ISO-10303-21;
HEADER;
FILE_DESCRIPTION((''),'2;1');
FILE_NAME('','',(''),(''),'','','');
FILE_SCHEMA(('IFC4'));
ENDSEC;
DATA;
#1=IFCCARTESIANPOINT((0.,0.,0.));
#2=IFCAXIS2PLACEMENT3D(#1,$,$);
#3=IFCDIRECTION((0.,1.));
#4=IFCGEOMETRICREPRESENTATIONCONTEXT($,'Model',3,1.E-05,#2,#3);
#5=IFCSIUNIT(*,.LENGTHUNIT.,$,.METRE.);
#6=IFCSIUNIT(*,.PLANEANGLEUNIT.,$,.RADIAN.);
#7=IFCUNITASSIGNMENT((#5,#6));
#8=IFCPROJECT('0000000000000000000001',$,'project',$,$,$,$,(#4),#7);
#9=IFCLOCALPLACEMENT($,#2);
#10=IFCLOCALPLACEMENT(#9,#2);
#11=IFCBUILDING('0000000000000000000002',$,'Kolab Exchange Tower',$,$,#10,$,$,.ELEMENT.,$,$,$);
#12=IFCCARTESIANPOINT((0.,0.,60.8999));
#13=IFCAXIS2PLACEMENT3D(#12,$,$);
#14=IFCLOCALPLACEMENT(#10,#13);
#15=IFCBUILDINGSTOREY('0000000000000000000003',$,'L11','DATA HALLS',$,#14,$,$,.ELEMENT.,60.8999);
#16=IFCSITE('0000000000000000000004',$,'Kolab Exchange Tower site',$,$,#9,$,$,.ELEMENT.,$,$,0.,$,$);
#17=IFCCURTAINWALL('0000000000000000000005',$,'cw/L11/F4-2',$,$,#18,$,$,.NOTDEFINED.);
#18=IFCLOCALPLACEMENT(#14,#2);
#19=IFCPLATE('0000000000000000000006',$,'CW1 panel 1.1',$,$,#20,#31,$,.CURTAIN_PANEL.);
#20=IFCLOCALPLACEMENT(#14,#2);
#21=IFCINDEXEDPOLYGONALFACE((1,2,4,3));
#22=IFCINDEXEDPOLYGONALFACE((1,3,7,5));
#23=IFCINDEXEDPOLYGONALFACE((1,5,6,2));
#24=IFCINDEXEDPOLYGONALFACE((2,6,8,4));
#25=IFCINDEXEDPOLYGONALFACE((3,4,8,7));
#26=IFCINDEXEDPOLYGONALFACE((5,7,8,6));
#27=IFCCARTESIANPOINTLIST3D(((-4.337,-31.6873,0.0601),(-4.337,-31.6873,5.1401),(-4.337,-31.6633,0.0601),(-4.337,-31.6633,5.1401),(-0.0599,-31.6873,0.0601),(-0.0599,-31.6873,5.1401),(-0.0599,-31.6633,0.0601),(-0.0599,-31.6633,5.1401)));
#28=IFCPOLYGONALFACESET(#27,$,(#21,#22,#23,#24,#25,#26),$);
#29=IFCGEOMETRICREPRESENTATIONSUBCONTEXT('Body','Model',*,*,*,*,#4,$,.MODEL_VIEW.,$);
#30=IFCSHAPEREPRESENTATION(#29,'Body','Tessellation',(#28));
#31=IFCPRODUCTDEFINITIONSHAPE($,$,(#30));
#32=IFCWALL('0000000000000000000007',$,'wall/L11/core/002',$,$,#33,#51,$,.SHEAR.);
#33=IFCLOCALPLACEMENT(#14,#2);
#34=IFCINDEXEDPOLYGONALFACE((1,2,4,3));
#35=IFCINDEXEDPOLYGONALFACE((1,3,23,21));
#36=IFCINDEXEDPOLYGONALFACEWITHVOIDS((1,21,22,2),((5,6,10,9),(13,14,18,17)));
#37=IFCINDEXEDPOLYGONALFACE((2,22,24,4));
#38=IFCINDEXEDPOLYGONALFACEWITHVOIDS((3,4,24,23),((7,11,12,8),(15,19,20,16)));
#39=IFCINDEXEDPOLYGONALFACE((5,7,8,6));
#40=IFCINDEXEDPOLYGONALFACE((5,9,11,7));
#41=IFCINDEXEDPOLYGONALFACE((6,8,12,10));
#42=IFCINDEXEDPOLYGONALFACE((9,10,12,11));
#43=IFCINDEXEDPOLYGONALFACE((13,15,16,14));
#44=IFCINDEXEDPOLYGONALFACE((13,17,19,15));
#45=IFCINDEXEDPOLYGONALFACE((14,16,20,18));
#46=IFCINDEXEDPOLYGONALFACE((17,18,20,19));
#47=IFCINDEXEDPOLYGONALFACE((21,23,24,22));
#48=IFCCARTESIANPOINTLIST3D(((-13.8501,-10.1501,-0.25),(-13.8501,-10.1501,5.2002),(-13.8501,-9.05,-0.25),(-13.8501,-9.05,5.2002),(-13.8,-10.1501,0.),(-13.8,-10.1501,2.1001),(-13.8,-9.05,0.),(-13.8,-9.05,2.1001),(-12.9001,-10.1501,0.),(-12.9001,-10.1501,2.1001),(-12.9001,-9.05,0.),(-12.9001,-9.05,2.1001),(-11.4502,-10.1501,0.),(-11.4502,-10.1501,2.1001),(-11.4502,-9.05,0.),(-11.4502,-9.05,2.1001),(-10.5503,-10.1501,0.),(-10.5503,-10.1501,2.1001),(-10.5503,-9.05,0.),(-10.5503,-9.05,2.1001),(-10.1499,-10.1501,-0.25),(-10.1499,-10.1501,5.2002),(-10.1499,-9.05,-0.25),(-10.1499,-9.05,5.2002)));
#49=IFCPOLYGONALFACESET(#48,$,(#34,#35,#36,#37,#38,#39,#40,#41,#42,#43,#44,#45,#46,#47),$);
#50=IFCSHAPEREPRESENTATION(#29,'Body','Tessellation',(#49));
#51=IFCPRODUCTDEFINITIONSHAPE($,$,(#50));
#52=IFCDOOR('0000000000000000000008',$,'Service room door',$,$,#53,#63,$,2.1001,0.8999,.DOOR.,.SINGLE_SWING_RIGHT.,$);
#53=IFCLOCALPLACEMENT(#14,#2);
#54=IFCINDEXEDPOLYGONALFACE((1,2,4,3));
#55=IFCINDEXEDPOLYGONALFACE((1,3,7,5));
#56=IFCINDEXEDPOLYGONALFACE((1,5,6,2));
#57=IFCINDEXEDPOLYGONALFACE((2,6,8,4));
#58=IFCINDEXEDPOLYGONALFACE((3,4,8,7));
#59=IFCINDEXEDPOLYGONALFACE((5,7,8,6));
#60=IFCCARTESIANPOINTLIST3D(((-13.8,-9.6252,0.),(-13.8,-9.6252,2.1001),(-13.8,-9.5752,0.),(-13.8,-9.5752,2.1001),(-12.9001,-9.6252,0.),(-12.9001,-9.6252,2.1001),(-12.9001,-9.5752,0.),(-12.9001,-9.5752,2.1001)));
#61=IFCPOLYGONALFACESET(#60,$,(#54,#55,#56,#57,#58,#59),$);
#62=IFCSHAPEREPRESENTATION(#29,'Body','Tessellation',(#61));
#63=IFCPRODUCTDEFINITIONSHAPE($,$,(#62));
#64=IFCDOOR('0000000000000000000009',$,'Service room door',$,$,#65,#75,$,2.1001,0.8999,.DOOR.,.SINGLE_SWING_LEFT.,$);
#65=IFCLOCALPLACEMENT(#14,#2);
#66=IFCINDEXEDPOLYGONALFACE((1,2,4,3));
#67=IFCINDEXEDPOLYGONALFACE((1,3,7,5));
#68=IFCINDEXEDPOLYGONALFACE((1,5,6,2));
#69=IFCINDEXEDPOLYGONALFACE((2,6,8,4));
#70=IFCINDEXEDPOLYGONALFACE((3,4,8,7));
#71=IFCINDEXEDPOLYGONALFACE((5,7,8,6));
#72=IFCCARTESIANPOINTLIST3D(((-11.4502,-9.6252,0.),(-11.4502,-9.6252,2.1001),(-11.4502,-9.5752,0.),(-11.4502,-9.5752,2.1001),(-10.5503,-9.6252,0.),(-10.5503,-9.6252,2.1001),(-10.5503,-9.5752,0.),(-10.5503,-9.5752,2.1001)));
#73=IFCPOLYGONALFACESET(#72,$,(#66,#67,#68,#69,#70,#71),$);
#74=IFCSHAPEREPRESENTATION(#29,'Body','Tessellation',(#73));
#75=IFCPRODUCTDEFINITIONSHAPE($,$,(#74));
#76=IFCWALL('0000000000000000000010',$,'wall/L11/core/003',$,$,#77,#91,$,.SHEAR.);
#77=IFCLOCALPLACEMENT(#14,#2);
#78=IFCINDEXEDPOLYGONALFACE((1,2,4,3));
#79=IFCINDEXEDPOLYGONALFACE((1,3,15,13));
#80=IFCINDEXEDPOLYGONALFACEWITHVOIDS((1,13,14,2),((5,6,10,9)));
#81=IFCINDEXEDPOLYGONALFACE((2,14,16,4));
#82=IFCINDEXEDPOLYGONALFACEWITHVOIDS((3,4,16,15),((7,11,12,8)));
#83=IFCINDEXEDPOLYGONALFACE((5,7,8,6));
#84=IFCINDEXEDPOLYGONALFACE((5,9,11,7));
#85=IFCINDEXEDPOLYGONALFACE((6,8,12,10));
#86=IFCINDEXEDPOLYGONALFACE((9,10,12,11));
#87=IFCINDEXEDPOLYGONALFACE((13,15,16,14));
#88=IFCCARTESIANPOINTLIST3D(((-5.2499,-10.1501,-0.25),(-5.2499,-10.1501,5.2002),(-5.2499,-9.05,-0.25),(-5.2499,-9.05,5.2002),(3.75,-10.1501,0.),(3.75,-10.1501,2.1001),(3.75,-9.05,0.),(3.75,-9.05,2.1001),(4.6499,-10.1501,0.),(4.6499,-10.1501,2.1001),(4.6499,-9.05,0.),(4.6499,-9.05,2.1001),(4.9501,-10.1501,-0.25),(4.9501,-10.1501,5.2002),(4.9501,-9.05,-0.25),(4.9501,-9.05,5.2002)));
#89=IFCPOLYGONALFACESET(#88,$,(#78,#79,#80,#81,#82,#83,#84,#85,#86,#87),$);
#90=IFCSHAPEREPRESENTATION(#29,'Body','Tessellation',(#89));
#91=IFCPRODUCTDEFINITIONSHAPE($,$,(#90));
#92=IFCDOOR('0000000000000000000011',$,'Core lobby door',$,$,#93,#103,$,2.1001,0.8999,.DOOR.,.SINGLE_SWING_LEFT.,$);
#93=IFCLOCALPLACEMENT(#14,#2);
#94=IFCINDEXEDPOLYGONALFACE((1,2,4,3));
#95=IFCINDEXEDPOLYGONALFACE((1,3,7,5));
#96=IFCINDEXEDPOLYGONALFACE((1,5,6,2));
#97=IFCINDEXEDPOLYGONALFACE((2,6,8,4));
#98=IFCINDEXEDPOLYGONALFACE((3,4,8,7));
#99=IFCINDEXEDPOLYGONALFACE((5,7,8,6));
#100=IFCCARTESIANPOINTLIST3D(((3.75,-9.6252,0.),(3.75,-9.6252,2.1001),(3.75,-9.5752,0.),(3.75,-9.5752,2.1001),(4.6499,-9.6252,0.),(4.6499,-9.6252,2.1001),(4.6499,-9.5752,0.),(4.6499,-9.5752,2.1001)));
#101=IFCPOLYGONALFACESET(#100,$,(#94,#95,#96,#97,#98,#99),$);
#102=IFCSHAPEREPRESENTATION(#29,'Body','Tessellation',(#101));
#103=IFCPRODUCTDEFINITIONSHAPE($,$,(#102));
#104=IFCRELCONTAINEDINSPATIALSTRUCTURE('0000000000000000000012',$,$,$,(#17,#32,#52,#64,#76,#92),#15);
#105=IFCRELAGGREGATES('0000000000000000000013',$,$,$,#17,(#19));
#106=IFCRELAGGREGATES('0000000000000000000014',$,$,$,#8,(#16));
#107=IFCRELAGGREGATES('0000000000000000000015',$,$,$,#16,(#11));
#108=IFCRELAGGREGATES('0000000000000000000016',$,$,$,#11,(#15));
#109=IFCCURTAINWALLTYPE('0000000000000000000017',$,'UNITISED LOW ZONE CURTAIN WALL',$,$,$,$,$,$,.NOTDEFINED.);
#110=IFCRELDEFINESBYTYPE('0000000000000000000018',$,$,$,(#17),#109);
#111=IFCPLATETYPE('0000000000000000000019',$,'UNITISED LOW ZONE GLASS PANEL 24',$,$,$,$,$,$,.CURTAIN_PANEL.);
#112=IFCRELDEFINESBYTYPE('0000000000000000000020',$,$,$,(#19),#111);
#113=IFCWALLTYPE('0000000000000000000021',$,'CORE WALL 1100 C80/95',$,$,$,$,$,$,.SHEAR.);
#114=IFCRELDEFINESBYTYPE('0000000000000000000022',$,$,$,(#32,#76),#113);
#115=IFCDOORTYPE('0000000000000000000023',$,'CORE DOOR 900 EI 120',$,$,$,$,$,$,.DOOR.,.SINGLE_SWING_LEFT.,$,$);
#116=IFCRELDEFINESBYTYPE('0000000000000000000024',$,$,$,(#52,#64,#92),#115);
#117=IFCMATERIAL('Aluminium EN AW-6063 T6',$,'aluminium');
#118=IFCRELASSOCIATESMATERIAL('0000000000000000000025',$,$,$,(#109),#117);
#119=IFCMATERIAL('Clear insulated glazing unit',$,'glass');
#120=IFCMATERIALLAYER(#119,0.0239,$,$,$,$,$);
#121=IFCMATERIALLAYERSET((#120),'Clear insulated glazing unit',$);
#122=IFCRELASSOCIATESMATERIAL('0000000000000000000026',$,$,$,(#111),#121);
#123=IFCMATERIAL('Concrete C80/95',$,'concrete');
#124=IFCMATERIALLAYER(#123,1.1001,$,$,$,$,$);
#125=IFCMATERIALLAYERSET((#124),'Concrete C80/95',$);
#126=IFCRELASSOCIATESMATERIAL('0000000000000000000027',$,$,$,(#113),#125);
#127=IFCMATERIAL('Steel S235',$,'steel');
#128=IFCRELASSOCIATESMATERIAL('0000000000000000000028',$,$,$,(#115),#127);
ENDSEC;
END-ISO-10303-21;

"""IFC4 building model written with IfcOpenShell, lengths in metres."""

from ifc_helpers import new_model, si_unit, direction, frame, frame_2d, origin, origin_2d, place, context, subcontext, project, spatial, rectangle, extrude, material, layer, layer_set, type_object, element, fill, aggregate, save


model = new_model("IFC4")

# Units and contexts
model_context = context("Model", 3, precision=1e-05, world=origin(), true_north=direction((0.0, 1.0)))
body_context = subcontext(model_context, "Body", "Model", "MODEL_VIEW")
ifc_project = project(units=[si_unit("LENGTHUNIT", "METRE"), si_unit("PLANEANGLEUNIT", "RADIAN")], contexts=[model_context])

# Site, building, storey
site_placement = place(None, origin())
site = spatial("IfcSite", under=ifc_project, at=site_placement, Name="Kolab Exchange Tower site", CompositionType="ELEMENT", RefElevation=0.0)
building_placement = place(site_placement, origin())
building = spatial("IfcBuilding", under=site, at=building_placement, Name="Kolab Exchange Tower", CompositionType="ELEMENT")
storey_placement = place(building_placement, frame((0.0, 0.0, 60.8999)))
storey = spatial("IfcBuildingStorey", under=building, at=storey_placement, Name="L11", Description="DATA HALLS", CompositionType="ELEMENT", Elevation=60.8999)

# Shared definitions
ifc_material_1 = material(Name="Concrete C80/95", Category="concrete")

# Curtain wall, plate
ifc_material_2 = material(Name="Aluminium EN AW-6063 T6", Category="aluminium")
curtain_wall_type = type_object("IfcCurtainWallType", Name="UNITISED LOW ZONE CURTAIN WALL", PredefinedType="NOTDEFINED", material=ifc_material_2)
curtain_wall_placement = place(storey_placement, origin())
curtain_wall = element("IfcCurtainWall", 1, at=curtain_wall_placement, inside=storey, type_object=curtain_wall_type, Name="cw/L11/F4-2", PredefinedType="NOTDEFINED")
ifc_material_3 = material(Name="Clear insulated glazing unit", Category="glass")
ifc_layer_1 = layer(ifc_material_3, 0.0239)
ifc_layer_set_1 = layer_set([ifc_layer_1], Name="Clear insulated glazing unit")
plate_type = type_object("IfcPlateType", Name="UNITISED LOW ZONE GLASS PANEL 24", PredefinedType="CURTAIN_PANEL", material=ifc_layer_set_1)
plate_placement = place(storey_placement, frame((-2.1985, -31.6753, 0.0601), z_axis=(0.0, 0.0, 1.0), x_axis=(-1.0, 0.0, 0.0)))
plate = element("IfcPlate", 2, at=plate_placement, type_object=plate_type, Name="CW1 panel 1.1", PredefinedType="CURTAIN_PANEL", context=body_context, shape_type="SweptSolid", body=[
    extrude(rectangle(XDim=4.2771, YDim=0.0239, at=origin_2d()), origin(), (0.0, 0.0, 1.0), 5.0801),
])
aggregate(curtain_wall, [plate])

# Wall, openings, doors
ifc_layer_2 = layer(ifc_material_1, 1.1001)
ifc_layer_set_2 = layer_set([ifc_layer_2], Name="Concrete C80/95")
wall_type_1 = type_object("IfcWallType", Name="CORE WALL 1100 C80/95", PredefinedType="SHEAR", material=ifc_layer_set_2)
wall_1_placement = place(storey_placement, frame((-13.8501, -9.6001, -0.25), z_axis=(0.0, 0.0, 1.0), x_axis=(1.0, 0.0, 0.0)))
wall_1 = element("IfcWall", 3, at=wall_1_placement, inside=storey, type_object=wall_type_1, Name="wall/L11/core/002", PredefinedType="SHEAR", context=body_context, shape_type="SweptSolid", body=[
    extrude(rectangle(XDim=3.7002, YDim=1.1001, at=frame_2d((1.8501, 0.0))), origin(), (0.0, 0.0, 1.0), 5.4502),
])
opening_1_placement = place(wall_1_placement, frame((0.05, 0.0, 0.25)))
opening_1 = element("IfcOpeningElement", 4, at=opening_1_placement, cuts=wall_1, PredefinedType="OPENING", context=body_context, shape_type="SweptSolid", body=[
    extrude(rectangle(XDim=0.8999, YDim=2.1001, at=frame_2d((0.45, 1.05))), frame((0.0, 0.5601, 0.0), z_axis=(0.0, -1.0, 0.0), x_axis=(1.0, 0.0, 0.0)), (0.0, 0.0, 1.0), 1.1201),
])
opening_2_placement = place(wall_1_placement, frame((2.3999, 0.0, 0.25)))
opening_2 = element("IfcOpeningElement", 5, at=opening_2_placement, cuts=wall_1, PredefinedType="OPENING", context=body_context, shape_type="SweptSolid", body=[
    extrude(rectangle(XDim=0.8999, YDim=2.1001, at=frame_2d((0.45, 1.05))), frame((0.0, 0.5601, 0.0), z_axis=(0.0, -1.0, 0.0), x_axis=(1.0, 0.0, 0.0)), (0.0, 0.0, 1.0), 1.1201),
])
ifc_material_4 = material(Name="Steel S235", Category="steel")
door_type_1 = type_object("IfcDoorType", Name="CORE DOOR 900 EI 120", OperationType="SINGLE_SWING_LEFT", PredefinedType="DOOR", material=ifc_material_4)
door_1_placement = place(opening_1_placement, origin())
door_1 = element("IfcDoor", 6, at=door_1_placement, inside=storey, type_object=door_type_1, Name="Service room door", OperationType="SINGLE_SWING_RIGHT", OverallHeight=2.1001, OverallWidth=0.8999, PredefinedType="DOOR", context=body_context, shape_type="SweptSolid", body=[
    extrude(rectangle(XDim=0.8999, YDim=2.1001, at=frame_2d((0.45, 1.05))), frame((0.0, 0.0249, 0.0), z_axis=(0.0, -1.0, 0.0), x_axis=(1.0, 0.0, 0.0)), (0.0, 0.0, 1.0), 0.05),
])
fill(opening_1, door_1)
door_2_placement = place(opening_2_placement, origin())
door_2 = element("IfcDoor", 7, at=door_2_placement, inside=storey, type_object=door_type_1, Name="Service room door", OperationType="SINGLE_SWING_LEFT", OverallHeight=2.1001, OverallWidth=0.8999, PredefinedType="DOOR", context=body_context, shape_type="SweptSolid", body=[
    extrude(rectangle(XDim=0.8999, YDim=2.1001, at=frame_2d((0.45, 1.05))), frame((0.0, 0.0249, 0.0), z_axis=(0.0, -1.0, 0.0), x_axis=(1.0, 0.0, 0.0)), (0.0, 0.0, 1.0), 0.05),
])
fill(opening_2, door_2)

# Wall, opening, door
wall_2_placement = place(storey_placement, frame((-5.25, -9.6001, -0.25), z_axis=(0.0, 0.0, 1.0), x_axis=(1.0, 0.0, 0.0)))
wall_2 = element("IfcWall", 8, at=wall_2_placement, inside=storey, type_object=wall_type_1, Name="wall/L11/core/003", PredefinedType="SHEAR", context=body_context, shape_type="SweptSolid", body=[
    extrude(rectangle(XDim=10.2, YDim=1.1001, at=frame_2d((5.1001, 0.0))), origin(), (0.0, 0.0, 1.0), 5.4502),
])
opening_3_placement = place(wall_2_placement, frame((9.0, 0.0, 0.25)))
opening_3 = element("IfcOpeningElement", 9, at=opening_3_placement, cuts=wall_2, PredefinedType="OPENING", context=body_context, shape_type="SweptSolid", body=[
    extrude(rectangle(XDim=0.8999, YDim=2.1001, at=frame_2d((0.45, 1.05))), frame((0.0, 0.5601, 0.0), z_axis=(0.0, -1.0, 0.0), x_axis=(1.0, 0.0, 0.0)), (0.0, 0.0, 1.0), 1.1201),
])
door_3_placement = place(opening_3_placement, origin())
door_3 = element("IfcDoor", 10, at=door_3_placement, inside=storey, type_object=door_type_1, Name="Core lobby door", OperationType="SINGLE_SWING_LEFT", OverallHeight=2.1001, OverallWidth=0.8999, PredefinedType="DOOR", context=body_context, shape_type="SweptSolid", body=[
    extrude(rectangle(XDim=0.8999, YDim=2.1001, at=frame_2d((0.45, 1.05))), frame((0.0, 0.0249, 0.0), z_axis=(0.0, -1.0, 0.0), x_axis=(1.0, 0.0, 0.0)), (0.0, 0.0, 1.0), 0.05),
])
fill(opening_3, door_3)

save(model, "model.ifc")
